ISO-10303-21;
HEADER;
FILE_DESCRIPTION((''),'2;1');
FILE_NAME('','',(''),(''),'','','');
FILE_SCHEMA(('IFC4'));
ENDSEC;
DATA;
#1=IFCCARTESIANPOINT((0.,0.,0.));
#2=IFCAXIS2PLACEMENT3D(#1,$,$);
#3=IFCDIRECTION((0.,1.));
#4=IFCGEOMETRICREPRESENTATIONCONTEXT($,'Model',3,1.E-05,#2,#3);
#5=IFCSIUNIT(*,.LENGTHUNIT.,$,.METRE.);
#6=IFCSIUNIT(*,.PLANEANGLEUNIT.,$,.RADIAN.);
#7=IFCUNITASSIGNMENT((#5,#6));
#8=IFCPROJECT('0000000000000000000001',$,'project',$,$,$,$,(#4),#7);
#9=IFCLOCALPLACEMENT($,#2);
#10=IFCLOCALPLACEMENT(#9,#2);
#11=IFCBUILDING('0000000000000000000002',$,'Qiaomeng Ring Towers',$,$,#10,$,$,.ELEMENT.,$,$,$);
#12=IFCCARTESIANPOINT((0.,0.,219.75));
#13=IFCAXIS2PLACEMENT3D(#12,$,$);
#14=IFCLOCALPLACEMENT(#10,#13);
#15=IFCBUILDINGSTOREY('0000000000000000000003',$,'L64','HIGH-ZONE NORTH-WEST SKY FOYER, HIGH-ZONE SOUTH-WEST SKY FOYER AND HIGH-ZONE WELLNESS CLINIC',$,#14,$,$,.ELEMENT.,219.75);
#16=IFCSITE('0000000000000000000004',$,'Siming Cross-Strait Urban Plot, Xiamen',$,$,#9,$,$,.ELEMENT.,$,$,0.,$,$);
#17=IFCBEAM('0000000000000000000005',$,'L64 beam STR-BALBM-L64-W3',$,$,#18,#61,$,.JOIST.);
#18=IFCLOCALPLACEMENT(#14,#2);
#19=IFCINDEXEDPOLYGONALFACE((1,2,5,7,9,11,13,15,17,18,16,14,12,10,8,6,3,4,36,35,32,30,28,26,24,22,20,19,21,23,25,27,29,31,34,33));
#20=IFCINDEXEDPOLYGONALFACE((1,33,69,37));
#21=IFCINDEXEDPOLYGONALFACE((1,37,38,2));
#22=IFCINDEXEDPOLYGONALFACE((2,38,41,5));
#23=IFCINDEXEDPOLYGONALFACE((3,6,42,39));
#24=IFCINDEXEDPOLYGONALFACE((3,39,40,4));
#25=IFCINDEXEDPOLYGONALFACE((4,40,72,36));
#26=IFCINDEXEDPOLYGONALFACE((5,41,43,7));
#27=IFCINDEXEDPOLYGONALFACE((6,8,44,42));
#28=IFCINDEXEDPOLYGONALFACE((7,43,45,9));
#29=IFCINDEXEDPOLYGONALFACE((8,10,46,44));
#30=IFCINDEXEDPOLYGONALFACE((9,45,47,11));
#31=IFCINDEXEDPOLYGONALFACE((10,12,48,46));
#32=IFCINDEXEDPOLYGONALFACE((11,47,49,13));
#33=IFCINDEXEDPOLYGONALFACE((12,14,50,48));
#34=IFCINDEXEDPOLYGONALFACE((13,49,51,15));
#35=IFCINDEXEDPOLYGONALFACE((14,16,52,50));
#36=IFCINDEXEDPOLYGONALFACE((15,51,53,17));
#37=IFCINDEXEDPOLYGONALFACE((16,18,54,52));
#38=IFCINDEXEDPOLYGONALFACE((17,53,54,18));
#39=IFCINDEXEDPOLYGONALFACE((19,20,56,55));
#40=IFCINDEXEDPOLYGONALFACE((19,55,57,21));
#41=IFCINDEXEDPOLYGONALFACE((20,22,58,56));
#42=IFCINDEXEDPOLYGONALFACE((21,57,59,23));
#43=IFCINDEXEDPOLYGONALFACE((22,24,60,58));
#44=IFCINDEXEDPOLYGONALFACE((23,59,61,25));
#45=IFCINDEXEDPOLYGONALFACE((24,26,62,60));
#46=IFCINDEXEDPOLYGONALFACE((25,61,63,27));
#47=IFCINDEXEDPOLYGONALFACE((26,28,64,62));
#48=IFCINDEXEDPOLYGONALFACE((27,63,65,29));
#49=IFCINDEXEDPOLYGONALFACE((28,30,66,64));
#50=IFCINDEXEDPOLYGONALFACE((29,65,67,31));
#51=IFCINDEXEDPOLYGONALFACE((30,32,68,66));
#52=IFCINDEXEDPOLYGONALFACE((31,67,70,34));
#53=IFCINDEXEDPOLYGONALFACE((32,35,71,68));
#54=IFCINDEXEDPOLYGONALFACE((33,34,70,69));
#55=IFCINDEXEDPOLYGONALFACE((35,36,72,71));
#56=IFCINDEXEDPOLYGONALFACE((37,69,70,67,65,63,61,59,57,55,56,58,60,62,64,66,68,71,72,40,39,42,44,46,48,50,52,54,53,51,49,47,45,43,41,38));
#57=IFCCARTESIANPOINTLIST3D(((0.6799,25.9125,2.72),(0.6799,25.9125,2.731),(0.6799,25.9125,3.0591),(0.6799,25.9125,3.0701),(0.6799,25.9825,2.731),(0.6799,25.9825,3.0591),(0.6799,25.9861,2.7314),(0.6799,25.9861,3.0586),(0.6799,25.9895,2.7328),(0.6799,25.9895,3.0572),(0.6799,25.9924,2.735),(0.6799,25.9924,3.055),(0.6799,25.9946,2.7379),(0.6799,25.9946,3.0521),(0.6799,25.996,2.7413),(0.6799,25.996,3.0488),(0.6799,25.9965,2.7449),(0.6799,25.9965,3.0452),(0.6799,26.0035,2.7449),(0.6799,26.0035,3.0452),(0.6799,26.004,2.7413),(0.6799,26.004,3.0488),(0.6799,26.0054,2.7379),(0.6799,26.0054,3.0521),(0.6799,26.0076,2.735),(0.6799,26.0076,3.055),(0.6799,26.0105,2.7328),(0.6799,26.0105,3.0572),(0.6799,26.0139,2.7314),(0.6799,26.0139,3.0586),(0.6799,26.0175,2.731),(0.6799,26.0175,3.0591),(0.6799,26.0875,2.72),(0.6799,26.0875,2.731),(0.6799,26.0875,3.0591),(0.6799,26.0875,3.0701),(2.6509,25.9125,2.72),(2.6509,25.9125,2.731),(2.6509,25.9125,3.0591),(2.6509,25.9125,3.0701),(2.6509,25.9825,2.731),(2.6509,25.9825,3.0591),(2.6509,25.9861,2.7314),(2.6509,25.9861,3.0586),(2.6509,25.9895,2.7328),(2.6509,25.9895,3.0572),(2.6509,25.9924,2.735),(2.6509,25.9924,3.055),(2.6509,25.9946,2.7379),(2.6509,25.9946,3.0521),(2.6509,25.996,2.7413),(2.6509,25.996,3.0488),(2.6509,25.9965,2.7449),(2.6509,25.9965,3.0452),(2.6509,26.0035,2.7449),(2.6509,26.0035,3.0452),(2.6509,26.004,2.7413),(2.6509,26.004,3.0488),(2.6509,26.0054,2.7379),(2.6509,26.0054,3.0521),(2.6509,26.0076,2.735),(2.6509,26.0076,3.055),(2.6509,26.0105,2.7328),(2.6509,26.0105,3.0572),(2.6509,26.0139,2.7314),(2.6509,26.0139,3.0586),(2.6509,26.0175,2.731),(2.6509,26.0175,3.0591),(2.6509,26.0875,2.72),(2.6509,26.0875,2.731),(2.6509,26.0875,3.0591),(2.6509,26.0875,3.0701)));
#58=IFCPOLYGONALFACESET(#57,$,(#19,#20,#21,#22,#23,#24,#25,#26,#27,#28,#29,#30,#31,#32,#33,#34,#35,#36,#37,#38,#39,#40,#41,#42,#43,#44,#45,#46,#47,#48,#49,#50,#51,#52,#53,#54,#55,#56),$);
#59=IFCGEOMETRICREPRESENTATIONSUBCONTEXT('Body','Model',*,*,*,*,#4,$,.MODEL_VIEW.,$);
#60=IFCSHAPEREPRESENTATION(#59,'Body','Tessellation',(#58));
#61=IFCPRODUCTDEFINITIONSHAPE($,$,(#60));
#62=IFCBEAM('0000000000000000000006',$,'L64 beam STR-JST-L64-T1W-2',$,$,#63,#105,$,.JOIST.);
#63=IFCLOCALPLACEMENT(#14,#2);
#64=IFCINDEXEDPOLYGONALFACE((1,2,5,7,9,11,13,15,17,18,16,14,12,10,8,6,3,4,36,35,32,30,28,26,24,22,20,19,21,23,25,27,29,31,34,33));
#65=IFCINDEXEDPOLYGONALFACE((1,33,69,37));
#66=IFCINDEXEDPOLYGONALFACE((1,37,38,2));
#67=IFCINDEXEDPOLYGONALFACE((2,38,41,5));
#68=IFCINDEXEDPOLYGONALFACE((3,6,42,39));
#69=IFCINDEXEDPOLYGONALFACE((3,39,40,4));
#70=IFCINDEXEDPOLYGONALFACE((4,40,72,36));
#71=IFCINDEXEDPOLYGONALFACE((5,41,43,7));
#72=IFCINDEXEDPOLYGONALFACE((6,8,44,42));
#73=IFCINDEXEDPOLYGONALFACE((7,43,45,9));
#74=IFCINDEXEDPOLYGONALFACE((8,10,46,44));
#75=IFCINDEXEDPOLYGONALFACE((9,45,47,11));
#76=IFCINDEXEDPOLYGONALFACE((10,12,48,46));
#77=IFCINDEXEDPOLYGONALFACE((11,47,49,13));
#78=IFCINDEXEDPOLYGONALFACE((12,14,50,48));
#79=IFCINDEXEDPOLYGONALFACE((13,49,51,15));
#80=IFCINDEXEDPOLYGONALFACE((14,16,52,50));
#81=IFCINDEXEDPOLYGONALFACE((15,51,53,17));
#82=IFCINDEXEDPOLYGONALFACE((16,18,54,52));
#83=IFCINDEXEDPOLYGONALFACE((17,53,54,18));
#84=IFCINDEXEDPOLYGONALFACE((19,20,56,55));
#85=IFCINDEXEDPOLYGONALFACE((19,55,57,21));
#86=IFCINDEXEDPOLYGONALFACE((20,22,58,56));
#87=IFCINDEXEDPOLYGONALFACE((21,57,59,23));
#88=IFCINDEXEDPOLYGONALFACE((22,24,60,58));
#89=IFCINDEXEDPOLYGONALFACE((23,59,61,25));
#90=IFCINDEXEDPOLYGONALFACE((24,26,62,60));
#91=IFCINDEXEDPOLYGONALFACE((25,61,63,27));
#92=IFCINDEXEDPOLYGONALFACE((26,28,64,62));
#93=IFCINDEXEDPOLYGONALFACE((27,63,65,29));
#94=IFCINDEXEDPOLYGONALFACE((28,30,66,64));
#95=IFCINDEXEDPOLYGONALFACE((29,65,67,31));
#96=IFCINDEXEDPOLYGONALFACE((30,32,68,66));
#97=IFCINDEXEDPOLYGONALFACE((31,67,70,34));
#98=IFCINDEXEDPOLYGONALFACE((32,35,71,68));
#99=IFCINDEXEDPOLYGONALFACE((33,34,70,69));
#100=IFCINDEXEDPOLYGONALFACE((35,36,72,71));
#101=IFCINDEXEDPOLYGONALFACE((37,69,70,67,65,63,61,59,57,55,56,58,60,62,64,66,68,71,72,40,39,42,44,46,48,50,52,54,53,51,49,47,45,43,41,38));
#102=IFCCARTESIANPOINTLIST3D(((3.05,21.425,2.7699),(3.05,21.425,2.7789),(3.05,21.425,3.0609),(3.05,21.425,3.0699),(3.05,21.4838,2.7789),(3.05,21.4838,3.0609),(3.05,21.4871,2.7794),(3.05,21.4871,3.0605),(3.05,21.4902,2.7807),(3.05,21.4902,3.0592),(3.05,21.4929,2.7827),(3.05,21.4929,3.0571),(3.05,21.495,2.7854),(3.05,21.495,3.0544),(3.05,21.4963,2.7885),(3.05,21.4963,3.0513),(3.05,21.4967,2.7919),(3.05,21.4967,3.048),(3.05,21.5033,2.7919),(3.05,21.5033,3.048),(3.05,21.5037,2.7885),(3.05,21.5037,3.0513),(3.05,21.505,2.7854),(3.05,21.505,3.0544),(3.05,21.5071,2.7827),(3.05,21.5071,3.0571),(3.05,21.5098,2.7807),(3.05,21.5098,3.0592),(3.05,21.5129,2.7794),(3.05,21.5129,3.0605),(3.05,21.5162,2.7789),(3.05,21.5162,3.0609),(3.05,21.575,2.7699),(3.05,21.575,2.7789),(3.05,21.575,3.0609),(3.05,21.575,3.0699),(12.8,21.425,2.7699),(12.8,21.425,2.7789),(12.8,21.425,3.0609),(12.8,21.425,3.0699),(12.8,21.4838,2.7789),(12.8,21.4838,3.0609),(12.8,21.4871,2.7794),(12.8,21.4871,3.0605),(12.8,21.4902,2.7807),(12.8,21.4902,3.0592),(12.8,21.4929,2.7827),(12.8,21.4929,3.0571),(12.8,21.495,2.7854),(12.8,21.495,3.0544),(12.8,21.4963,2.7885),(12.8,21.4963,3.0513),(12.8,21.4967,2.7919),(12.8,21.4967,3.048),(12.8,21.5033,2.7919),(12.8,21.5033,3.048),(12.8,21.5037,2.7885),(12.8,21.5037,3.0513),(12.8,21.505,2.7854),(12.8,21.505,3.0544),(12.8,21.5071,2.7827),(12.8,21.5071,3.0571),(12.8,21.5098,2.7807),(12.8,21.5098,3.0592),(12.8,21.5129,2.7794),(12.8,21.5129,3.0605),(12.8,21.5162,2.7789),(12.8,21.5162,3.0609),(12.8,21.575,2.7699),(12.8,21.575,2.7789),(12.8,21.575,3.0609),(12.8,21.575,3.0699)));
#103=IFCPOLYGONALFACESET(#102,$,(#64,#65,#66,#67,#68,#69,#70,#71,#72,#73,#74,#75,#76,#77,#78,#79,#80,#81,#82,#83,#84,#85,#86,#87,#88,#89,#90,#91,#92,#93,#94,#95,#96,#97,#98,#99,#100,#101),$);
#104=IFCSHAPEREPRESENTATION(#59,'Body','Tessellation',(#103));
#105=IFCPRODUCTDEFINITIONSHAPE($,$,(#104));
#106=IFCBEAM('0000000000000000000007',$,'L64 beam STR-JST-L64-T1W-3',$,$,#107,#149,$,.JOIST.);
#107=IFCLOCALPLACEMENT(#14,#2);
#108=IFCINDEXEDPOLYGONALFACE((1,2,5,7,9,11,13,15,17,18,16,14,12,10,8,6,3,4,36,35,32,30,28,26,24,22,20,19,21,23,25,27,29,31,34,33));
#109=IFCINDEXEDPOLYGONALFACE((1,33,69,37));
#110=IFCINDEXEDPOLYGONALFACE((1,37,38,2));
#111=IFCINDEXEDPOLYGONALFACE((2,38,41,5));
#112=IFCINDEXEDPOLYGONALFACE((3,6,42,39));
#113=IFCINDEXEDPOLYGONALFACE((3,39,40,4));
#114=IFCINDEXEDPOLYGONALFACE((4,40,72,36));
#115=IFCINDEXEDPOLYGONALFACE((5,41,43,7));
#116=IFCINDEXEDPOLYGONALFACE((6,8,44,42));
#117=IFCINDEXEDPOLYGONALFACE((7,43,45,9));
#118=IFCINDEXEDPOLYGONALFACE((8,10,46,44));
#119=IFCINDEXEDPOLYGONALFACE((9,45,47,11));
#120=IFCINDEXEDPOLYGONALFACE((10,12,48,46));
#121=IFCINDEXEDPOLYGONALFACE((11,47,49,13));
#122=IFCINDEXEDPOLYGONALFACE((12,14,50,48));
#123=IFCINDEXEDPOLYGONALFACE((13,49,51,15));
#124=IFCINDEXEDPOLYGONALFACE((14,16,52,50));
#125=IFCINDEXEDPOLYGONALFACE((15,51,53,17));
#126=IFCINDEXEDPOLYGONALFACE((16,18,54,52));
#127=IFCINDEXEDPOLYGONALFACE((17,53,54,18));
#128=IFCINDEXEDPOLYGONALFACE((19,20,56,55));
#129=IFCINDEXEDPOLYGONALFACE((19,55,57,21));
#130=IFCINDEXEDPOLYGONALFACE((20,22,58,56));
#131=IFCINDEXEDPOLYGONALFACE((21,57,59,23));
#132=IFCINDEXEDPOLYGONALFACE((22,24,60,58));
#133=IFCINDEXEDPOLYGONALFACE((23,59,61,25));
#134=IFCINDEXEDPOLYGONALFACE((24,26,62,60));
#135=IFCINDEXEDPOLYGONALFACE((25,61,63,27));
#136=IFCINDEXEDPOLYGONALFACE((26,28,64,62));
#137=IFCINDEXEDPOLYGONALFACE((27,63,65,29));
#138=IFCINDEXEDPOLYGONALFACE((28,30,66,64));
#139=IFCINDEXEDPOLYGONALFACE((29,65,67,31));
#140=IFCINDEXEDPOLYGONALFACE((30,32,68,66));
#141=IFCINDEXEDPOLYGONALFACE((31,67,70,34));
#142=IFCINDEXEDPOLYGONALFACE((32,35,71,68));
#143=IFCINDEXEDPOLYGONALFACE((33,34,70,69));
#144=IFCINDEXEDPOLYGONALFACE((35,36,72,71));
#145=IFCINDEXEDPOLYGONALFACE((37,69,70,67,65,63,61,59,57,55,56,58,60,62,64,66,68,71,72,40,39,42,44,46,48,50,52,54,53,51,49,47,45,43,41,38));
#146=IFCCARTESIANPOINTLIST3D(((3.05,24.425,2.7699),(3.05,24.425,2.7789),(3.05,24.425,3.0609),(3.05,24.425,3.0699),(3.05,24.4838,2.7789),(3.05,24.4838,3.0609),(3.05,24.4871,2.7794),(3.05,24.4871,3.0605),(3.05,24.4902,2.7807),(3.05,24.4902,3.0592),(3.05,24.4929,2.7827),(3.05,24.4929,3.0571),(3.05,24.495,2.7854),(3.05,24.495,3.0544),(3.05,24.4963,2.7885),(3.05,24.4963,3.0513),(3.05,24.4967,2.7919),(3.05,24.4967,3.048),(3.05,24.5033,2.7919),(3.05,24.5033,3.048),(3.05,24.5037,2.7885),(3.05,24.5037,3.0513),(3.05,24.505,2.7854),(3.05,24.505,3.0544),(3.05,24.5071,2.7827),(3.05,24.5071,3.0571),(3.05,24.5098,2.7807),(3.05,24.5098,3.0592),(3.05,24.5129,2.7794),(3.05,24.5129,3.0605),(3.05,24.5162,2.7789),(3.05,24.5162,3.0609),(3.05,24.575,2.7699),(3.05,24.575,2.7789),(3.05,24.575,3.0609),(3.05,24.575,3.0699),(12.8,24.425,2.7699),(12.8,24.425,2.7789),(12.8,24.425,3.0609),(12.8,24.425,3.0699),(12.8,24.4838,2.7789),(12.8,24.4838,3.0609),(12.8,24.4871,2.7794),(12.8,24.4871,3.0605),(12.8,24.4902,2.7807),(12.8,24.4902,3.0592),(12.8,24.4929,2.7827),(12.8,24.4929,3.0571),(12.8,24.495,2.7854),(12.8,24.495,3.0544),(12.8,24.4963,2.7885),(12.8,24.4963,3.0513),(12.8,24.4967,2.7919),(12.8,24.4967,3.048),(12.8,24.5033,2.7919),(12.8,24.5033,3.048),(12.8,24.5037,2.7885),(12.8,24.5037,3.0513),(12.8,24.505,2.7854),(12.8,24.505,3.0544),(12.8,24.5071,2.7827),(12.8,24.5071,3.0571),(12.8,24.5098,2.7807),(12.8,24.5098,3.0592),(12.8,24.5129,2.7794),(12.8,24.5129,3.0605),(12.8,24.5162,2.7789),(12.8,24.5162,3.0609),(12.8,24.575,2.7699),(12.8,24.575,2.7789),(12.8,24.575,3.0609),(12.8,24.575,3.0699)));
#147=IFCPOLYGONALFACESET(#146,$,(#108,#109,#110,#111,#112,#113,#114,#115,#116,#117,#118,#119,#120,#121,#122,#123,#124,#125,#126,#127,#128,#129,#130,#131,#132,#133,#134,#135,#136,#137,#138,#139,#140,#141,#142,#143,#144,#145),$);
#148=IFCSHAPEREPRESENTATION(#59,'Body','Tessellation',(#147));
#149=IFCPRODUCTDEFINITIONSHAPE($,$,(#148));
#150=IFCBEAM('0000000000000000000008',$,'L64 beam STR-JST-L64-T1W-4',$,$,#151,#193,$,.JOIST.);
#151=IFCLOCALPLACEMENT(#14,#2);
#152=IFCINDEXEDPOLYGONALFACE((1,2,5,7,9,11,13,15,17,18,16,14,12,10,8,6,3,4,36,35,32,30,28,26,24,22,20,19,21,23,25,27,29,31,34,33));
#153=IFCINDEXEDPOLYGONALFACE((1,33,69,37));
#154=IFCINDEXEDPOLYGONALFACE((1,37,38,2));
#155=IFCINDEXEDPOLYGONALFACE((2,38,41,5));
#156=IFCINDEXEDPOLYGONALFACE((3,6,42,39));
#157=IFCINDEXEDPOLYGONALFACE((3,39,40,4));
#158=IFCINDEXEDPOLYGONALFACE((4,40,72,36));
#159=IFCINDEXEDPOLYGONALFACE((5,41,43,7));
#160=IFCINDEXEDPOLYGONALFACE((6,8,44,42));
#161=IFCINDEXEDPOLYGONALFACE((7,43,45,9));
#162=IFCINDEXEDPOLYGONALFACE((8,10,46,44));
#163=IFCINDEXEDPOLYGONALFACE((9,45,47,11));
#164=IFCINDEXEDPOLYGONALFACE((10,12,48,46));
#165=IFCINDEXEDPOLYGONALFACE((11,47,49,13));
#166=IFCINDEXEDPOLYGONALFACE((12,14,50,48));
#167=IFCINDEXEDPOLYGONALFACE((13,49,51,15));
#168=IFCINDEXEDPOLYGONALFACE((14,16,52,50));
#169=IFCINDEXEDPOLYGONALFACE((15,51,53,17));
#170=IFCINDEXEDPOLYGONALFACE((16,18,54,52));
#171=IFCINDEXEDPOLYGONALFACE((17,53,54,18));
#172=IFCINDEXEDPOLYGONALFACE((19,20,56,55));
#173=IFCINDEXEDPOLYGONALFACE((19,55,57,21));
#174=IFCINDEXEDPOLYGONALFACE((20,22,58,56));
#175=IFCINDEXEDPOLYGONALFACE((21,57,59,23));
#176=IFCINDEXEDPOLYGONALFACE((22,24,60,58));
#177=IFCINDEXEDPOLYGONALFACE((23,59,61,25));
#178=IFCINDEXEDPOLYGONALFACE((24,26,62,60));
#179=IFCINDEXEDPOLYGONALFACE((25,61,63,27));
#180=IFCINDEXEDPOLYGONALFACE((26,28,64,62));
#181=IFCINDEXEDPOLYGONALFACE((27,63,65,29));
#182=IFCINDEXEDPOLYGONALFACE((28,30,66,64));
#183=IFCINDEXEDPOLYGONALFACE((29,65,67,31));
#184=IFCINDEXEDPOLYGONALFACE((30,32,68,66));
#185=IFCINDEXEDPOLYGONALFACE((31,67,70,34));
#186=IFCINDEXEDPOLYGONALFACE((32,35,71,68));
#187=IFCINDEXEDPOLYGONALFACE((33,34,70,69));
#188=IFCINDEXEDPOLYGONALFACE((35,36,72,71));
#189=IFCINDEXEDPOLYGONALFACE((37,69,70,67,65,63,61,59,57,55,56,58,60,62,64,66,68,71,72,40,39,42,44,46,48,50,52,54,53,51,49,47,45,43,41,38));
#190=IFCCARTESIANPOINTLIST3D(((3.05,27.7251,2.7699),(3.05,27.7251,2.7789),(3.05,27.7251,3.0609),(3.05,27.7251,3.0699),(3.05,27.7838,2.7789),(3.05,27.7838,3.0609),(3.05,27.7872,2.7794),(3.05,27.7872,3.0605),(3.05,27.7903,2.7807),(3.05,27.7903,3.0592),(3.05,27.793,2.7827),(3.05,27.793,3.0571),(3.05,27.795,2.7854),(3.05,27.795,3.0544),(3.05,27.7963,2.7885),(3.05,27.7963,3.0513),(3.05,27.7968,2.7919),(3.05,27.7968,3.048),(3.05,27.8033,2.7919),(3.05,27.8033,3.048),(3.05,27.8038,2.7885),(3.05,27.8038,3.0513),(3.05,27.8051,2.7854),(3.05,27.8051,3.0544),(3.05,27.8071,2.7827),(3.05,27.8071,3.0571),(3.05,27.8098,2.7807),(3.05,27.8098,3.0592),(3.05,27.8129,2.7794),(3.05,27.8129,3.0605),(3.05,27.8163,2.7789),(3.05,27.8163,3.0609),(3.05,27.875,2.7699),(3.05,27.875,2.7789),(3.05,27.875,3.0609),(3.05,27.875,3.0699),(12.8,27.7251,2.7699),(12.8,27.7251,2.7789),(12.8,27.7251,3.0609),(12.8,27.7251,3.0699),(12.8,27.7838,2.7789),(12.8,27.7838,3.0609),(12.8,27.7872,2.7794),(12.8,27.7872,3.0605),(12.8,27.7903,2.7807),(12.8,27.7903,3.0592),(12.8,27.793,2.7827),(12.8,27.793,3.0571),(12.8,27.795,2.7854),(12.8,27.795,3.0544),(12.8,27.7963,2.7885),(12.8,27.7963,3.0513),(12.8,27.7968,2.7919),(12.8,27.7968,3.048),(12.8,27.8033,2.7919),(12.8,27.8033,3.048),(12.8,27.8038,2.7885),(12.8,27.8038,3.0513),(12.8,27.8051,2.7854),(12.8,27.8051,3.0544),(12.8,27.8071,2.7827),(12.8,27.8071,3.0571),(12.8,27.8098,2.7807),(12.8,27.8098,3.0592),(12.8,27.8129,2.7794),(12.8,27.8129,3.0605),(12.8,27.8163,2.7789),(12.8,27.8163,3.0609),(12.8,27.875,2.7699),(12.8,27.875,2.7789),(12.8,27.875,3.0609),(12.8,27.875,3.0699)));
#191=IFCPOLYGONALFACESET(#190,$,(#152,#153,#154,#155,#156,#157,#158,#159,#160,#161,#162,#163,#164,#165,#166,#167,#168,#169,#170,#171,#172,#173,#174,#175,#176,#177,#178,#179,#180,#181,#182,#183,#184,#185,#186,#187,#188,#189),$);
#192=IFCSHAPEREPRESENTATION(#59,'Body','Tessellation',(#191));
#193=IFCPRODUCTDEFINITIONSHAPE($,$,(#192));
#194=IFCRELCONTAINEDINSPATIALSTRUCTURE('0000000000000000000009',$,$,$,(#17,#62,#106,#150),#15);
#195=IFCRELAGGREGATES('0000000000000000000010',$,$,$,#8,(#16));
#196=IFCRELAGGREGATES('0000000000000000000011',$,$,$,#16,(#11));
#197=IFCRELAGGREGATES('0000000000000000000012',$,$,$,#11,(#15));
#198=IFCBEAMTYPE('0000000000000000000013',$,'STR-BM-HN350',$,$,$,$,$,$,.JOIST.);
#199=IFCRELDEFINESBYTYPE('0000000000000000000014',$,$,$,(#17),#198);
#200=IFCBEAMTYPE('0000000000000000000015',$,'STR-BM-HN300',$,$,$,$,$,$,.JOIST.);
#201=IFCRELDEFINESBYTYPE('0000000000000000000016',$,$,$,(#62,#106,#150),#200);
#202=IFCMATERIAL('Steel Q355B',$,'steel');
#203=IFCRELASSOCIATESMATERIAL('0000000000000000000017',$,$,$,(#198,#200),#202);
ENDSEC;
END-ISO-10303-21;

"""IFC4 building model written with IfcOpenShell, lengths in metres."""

from ifc_helpers import new_model, si_unit, direction, frame, origin, origin_2d, place, context, subcontext, project, spatial, i_section, extrude, source, transform, mapped, material, material_profile, profile_set, type_object, element, save


model = new_model("IFC4")

# Units and contexts
model_context = context("Model", 3, precision=1e-05, world=origin(), true_north=direction((0.0, 1.0)))
body_context = subcontext(model_context, "Body", "Model", "MODEL_VIEW")
ifc_project = project(units=[si_unit("LENGTHUNIT", "METRE"), si_unit("PLANEANGLEUNIT", "RADIAN")], contexts=[model_context])

# Site, building, storey
site_placement = place(None, origin())
site = spatial("IfcSite", under=ifc_project, at=site_placement, Name="Siming Cross-Strait Urban Plot, Xiamen", CompositionType="ELEMENT", RefElevation=0.0)
building_placement = place(site_placement, origin())
building = spatial("IfcBuilding", under=site, at=building_placement, Name="Qiaomeng Ring Towers", CompositionType="ELEMENT")
storey_placement = place(building_placement, frame((0.0, 0.0, 219.75)))
storey = spatial("IfcBuildingStorey", under=building, at=storey_placement, Name="L64", Description="HIGH-ZONE NORTH-WEST SKY FOYER, HIGH-ZONE SOUTH-WEST SKY FOYER AND HIGH-ZONE WELLNESS CLINIC", CompositionType="ELEMENT", Elevation=219.75)

# Beams
ifc_material_1 = material(Name="Steel Q355B", Category="steel")
ifc_material_profile_1 = material_profile(ifc_material_1, i_section(OverallWidth=0.175, OverallDepth=0.3501, WebThickness=0.0071, FlangeThickness=0.011, FilletRadius=0.0139, at=origin_2d()), Name="HN 350x175x7x11")
ifc_profile_set_1 = profile_set([ifc_material_profile_1], Name="Steel Q355B")
beam_type_1 = type_object("IfcBeamType", Name="STR-BM-HN350", PredefinedType="JOIST", material=ifc_profile_set_1)
shared_shape_1 = source(origin(), body_context, "Body", "SweptSolid", [
    extrude(i_section(OverallWidth=0.175, OverallDepth=0.3501, WebThickness=0.0071, FlangeThickness=0.011, FilletRadius=0.0139, at=origin_2d()), origin(), (0.0, 0.0, 1.0), 1.9709),
])
for number, where, z_axis, x_axis, name in (
    (1, (0.6799, 26.0, 2.895), (1.0, 0.0, 0.0), (0.0, 1.0, 0.0), "L64 beam STR-BALBM-L64-W3"),
):
    element("IfcBeam", number, at=place(storey_placement, frame(where, z_axis=z_axis, x_axis=x_axis)), inside=storey, type_object=beam_type_1, Name=name, PredefinedType="JOIST", context=body_context, shape_type="MappedRepresentation", body=[
        mapped(shared_shape_1, transform((0.0, 0.0, 0.0), x_axis=(1.0, 0.0, 0.0), y_axis=(0.0, 1.0, 0.0), z_axis=(0.0, 0.0, 1.0), scale=1.0)),
    ])
ifc_material_profile_2 = material_profile(ifc_material_1, i_section(OverallWidth=0.1499, OverallDepth=0.3, WebThickness=0.0066, FlangeThickness=0.009, FilletRadius=0.0129, at=origin_2d()), Name="HN 300x150x6.5x9")
ifc_profile_set_2 = profile_set([ifc_material_profile_2], Name="Steel Q355B")
beam_type_2 = type_object("IfcBeamType", Name="STR-BM-HN300", PredefinedType="JOIST", material=ifc_profile_set_2)
shared_shape_2 = source(origin(), body_context, "Body", "SweptSolid", [
    extrude(i_section(OverallWidth=0.1499, OverallDepth=0.3, WebThickness=0.0066, FlangeThickness=0.009, FilletRadius=0.0129, at=origin_2d()), origin(), (0.0, 0.0, 1.0), 9.75),
])
for number, where, z_axis, x_axis, name in (
    (2, (3.05, 21.5, 2.9199), (1.0, 0.0, 0.0), (0.0, 1.0, 0.0), "L64 beam STR-JST-L64-T1W-2"),
    (3, (3.05, 24.5, 2.9199), (1.0, 0.0, 0.0), (0.0, 1.0, 0.0), "L64 beam STR-JST-L64-T1W-3"),
    (4, (3.05, 27.8, 2.9199), (1.0, 0.0, 0.0), (0.0, 1.0, 0.0), "L64 beam STR-JST-L64-T1W-4"),
):
    element("IfcBeam", number, at=place(storey_placement, frame(where, z_axis=z_axis, x_axis=x_axis)), inside=storey, type_object=beam_type_2, Name=name, PredefinedType="JOIST", context=body_context, shape_type="MappedRepresentation", body=[
        mapped(shared_shape_2, transform((0.0, 0.0, 0.0), x_axis=(1.0, 0.0, 0.0), y_axis=(0.0, 1.0, 0.0), z_axis=(0.0, 0.0, 1.0), scale=1.0)),
    ])

save(model, "model.ifc")
